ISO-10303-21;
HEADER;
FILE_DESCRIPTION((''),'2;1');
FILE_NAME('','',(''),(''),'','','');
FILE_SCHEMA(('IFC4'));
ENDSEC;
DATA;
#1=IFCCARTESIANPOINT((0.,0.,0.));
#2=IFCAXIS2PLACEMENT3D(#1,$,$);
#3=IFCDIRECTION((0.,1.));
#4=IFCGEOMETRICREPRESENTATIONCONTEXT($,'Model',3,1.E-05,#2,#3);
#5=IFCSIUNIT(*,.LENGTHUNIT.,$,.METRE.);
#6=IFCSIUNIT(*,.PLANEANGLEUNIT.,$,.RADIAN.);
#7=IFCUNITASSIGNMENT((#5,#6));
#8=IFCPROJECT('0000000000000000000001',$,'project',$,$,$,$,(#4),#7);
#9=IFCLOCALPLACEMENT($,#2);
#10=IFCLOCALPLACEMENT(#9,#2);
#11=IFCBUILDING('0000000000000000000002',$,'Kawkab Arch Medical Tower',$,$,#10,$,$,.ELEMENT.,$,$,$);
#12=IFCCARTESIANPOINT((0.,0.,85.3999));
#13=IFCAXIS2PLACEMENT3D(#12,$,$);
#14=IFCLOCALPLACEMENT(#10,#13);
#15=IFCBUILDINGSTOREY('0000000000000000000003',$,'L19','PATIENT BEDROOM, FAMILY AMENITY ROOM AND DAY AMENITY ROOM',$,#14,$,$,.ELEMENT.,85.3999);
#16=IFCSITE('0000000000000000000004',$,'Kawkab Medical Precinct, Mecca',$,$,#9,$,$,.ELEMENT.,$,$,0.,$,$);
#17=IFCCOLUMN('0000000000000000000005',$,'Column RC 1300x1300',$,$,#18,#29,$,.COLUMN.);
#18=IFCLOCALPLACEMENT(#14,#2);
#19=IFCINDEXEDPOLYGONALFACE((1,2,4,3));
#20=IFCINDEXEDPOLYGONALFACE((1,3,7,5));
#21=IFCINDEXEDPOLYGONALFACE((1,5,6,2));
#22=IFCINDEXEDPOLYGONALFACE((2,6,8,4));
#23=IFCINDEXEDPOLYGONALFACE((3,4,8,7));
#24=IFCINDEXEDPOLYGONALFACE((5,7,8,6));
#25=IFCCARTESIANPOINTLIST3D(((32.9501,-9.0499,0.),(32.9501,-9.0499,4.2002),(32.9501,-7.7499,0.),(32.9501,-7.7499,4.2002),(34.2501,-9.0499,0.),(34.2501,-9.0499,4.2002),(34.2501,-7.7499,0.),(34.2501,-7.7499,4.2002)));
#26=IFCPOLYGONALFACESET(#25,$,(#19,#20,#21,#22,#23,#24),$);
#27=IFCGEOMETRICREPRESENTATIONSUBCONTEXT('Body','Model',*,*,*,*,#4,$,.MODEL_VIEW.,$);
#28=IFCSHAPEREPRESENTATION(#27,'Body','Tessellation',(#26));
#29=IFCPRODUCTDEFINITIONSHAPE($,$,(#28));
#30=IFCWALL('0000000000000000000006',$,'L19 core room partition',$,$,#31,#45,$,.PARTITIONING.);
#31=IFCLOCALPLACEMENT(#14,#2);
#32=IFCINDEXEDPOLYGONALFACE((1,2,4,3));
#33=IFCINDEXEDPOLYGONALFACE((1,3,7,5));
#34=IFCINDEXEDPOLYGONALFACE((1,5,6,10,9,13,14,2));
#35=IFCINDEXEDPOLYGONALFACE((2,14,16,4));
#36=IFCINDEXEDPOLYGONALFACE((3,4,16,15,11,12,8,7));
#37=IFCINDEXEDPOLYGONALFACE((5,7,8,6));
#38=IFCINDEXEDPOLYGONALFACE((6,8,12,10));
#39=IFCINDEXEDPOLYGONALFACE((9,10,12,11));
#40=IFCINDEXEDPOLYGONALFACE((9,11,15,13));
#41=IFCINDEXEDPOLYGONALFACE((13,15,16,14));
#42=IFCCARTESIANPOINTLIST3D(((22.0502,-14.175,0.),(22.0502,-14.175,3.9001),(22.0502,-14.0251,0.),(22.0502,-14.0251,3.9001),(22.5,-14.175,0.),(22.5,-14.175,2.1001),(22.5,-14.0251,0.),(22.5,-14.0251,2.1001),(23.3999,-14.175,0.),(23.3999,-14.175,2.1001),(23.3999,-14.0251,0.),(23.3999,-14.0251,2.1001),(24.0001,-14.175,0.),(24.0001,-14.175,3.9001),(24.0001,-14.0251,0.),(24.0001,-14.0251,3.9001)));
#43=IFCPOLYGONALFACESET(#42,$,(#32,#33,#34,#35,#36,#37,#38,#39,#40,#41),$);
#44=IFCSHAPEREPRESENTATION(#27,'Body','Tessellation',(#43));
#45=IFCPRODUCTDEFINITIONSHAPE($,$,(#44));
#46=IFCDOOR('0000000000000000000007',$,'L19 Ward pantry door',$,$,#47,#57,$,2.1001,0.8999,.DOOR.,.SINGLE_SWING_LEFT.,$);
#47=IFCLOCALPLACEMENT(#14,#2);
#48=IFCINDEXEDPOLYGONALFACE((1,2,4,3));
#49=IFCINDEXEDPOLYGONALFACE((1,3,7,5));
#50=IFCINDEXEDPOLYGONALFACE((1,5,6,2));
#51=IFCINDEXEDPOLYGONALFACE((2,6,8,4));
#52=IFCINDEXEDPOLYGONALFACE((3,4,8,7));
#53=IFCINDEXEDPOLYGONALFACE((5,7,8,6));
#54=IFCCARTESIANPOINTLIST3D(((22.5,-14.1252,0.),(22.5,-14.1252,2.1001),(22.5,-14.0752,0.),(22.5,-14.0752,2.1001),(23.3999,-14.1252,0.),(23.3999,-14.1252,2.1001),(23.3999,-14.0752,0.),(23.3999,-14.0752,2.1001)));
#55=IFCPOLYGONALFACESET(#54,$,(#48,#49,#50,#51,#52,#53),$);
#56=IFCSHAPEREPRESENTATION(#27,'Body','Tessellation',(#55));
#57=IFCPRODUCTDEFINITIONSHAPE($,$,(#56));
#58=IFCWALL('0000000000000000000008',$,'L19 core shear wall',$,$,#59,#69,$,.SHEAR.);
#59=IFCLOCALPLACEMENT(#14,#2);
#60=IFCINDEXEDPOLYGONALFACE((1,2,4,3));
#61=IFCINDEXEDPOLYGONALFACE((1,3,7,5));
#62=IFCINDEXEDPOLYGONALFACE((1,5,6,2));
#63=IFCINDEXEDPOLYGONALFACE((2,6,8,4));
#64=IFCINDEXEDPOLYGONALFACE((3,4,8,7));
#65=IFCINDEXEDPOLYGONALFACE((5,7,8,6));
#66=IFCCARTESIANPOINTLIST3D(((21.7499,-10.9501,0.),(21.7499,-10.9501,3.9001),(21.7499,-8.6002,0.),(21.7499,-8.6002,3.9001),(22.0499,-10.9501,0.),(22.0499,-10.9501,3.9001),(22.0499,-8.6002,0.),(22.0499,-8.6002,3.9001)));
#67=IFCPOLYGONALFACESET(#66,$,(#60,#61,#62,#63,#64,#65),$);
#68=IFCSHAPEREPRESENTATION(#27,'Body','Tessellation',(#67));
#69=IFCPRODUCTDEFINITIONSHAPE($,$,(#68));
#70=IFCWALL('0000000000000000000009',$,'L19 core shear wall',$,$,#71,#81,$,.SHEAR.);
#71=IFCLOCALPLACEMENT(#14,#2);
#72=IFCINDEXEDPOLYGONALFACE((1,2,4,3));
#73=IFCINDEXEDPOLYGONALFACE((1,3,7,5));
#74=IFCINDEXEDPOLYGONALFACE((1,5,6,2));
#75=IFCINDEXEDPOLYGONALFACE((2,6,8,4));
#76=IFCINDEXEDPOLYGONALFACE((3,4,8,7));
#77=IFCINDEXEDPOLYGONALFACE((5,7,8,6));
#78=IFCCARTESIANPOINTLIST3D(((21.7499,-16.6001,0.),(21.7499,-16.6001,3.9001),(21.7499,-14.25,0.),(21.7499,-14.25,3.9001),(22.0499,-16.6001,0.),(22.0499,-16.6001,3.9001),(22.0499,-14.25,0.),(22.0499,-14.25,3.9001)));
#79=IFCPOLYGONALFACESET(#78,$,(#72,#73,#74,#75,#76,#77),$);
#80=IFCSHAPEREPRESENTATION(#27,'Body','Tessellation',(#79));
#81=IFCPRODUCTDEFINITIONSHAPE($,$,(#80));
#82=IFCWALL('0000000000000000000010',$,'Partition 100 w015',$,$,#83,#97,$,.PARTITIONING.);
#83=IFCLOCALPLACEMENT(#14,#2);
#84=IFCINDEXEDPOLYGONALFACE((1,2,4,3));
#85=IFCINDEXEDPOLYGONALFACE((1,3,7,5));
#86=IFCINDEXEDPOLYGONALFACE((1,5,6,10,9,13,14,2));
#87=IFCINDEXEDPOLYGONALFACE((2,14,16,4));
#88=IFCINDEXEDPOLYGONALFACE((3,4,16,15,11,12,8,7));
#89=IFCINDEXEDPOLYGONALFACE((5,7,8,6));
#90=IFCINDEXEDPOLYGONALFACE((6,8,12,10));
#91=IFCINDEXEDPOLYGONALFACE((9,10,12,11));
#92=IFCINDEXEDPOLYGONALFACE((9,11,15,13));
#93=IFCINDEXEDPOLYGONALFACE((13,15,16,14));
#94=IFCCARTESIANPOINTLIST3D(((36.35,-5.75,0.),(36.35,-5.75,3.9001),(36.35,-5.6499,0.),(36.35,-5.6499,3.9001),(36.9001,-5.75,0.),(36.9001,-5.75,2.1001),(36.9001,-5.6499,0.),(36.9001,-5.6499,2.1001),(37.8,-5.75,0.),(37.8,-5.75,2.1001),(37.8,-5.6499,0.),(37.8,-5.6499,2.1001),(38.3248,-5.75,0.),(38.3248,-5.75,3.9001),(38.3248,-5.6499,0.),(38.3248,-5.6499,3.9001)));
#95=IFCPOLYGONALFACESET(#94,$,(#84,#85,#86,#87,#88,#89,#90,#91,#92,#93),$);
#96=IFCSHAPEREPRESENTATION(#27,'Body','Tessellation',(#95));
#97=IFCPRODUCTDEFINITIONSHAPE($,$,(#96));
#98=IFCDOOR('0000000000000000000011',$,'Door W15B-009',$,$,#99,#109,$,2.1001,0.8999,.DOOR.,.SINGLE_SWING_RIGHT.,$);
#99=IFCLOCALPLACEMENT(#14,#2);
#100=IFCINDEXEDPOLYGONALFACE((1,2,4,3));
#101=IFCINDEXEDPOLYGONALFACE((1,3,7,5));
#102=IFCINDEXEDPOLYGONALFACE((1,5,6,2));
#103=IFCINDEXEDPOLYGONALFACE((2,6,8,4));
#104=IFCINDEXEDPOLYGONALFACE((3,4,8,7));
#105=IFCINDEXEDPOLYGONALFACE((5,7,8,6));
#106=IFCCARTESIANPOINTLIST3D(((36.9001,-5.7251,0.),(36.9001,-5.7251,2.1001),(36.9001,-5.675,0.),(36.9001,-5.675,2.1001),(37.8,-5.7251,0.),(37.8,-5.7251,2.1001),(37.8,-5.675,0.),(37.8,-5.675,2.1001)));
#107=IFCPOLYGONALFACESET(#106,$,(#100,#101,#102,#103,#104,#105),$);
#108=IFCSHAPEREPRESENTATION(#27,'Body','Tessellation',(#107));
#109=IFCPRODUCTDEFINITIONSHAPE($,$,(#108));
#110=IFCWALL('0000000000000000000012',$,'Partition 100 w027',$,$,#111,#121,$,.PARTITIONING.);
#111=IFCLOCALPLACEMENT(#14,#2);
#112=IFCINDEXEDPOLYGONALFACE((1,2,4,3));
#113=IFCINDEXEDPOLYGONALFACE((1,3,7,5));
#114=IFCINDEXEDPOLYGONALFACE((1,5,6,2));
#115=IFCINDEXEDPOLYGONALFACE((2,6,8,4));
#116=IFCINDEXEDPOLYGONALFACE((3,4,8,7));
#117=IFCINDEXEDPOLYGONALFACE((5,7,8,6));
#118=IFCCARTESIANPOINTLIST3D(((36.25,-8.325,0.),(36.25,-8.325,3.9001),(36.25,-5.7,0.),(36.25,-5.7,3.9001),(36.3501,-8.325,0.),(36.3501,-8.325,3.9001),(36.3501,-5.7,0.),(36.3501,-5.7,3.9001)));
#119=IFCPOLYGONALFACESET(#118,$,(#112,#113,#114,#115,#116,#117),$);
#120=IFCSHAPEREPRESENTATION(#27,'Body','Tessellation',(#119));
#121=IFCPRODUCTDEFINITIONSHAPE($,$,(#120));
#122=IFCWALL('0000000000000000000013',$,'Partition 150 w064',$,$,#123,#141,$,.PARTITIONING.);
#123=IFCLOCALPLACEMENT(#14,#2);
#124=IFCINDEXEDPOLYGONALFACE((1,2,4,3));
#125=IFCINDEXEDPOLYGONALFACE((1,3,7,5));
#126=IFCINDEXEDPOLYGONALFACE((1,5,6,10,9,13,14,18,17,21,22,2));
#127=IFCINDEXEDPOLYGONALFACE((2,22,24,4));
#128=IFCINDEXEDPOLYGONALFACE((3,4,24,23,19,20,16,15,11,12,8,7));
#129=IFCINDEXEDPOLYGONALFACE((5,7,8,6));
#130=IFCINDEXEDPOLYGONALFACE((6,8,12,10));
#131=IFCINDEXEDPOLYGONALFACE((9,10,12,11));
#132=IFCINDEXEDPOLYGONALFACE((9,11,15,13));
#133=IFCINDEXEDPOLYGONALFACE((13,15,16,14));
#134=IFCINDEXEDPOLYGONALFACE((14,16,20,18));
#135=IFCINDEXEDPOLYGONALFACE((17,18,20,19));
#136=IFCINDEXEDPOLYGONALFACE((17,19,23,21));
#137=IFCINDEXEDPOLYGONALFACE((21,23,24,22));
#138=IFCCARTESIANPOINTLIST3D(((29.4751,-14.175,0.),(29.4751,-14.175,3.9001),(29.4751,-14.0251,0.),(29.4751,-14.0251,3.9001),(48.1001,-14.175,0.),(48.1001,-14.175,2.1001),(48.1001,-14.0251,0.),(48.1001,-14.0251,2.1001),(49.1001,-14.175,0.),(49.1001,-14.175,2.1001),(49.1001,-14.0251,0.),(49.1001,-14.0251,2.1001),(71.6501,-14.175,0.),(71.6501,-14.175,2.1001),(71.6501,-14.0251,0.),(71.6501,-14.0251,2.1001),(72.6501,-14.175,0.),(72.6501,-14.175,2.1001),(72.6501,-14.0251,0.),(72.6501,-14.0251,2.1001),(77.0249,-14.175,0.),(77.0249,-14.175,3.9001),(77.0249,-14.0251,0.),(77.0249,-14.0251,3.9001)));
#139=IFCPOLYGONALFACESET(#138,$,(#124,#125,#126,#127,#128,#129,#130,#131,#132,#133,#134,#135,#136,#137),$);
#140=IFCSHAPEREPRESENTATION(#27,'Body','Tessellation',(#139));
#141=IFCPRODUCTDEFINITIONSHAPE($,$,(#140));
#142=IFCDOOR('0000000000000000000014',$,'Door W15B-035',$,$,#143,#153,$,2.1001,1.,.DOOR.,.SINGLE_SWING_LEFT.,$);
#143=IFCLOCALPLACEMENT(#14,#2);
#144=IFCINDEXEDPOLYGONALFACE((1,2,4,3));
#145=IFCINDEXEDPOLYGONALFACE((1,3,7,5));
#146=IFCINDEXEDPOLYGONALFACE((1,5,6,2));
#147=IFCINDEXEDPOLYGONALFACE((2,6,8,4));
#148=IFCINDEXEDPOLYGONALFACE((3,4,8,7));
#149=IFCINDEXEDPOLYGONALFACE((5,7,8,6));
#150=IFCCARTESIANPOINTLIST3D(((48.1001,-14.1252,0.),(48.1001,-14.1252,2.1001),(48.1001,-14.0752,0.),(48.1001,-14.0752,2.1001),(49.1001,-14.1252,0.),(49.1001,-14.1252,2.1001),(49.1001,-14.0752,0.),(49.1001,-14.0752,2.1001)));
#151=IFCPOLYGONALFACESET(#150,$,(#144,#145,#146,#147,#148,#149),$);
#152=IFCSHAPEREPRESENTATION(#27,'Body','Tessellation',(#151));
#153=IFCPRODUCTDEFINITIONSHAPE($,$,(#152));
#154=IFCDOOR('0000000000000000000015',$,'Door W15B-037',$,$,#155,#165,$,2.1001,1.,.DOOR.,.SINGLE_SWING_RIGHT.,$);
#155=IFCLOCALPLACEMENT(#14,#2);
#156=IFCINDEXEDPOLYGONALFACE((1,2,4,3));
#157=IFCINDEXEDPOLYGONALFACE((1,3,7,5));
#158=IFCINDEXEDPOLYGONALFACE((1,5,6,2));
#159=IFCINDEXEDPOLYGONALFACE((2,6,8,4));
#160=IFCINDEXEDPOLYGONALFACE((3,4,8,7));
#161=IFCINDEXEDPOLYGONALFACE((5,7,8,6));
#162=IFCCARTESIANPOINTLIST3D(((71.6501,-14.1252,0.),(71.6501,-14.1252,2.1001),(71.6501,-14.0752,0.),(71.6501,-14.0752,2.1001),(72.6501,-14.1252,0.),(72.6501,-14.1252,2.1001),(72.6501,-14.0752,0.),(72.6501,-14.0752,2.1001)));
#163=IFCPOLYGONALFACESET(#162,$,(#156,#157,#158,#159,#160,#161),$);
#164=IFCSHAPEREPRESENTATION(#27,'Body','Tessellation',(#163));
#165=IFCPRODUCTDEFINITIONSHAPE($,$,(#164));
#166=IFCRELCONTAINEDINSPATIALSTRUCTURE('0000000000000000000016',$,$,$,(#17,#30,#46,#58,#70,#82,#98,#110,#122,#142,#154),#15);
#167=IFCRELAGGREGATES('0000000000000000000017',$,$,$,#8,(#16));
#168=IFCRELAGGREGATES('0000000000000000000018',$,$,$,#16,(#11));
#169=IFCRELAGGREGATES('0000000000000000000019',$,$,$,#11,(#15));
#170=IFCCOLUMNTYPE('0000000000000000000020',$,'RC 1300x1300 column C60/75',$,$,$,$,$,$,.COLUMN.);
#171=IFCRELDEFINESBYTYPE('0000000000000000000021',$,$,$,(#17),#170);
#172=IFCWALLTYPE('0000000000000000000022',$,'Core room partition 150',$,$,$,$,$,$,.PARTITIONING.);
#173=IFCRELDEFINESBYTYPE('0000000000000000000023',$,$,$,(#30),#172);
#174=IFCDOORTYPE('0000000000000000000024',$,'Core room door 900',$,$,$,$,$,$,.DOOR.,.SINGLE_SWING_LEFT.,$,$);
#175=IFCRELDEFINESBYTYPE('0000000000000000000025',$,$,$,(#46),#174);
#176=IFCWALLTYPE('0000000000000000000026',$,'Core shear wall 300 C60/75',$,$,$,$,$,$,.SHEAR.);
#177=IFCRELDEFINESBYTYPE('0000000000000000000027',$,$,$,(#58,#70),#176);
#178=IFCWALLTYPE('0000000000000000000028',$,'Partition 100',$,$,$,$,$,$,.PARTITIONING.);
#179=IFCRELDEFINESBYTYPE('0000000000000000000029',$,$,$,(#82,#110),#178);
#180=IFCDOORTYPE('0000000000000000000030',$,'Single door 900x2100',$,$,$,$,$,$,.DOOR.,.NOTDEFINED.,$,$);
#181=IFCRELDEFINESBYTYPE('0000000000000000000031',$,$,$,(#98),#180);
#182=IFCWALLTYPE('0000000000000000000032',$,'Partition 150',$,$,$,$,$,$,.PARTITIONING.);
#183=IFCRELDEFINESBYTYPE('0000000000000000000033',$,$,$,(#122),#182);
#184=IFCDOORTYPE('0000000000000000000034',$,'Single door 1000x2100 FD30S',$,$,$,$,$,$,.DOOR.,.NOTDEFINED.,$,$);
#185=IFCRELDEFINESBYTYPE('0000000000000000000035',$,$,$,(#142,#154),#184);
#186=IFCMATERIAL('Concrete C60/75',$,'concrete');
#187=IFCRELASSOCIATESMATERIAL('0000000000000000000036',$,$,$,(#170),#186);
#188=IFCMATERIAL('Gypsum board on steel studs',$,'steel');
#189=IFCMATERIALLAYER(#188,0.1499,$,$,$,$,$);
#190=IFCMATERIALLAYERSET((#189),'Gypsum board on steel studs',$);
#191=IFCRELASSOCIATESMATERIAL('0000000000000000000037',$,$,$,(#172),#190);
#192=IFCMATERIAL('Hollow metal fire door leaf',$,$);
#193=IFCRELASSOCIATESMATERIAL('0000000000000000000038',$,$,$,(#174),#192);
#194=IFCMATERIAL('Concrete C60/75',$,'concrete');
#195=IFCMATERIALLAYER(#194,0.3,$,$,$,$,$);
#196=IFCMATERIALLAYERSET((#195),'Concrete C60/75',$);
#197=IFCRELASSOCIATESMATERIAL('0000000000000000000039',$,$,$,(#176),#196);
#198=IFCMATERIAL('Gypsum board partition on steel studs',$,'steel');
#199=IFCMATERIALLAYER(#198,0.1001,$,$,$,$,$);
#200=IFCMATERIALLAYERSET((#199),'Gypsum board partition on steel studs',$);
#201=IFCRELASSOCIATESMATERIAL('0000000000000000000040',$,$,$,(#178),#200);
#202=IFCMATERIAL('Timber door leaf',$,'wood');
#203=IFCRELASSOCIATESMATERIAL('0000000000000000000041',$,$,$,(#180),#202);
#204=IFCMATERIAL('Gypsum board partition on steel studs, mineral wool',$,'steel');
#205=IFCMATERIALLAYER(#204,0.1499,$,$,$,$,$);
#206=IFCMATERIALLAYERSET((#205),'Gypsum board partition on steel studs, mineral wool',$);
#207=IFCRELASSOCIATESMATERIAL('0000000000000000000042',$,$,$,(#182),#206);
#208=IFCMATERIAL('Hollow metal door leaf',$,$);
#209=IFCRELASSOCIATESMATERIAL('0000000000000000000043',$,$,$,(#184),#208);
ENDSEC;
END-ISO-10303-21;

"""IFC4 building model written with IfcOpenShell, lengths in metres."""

from ifc_helpers import new_model, si_unit, direction, frame, frame_2d, origin, origin_2d, place, context, subcontext, project, spatial, rectangle, extrude, material, layer, layer_set, material_profile, profile_set, type_object, element, fill, save


model = new_model("IFC4")

# Units and contexts
model_context = context("Model", 3, precision=1e-05, world=origin(), true_north=direction((0.0, 1.0)))
body_context = subcontext(model_context, "Body", "Model", "MODEL_VIEW")
ifc_project = project(units=[si_unit("LENGTHUNIT", "METRE"), si_unit("PLANEANGLEUNIT", "RADIAN")], contexts=[model_context])

# Site, building, storey
site_placement = place(None, origin())
site = spatial("IfcSite", under=ifc_project, at=site_placement, Name="Kawkab Medical Precinct, Mecca", CompositionType="ELEMENT", RefElevation=0.0)
building_placement = place(site_placement, origin())
building = spatial("IfcBuilding", under=site, at=building_placement, Name="Kawkab Arch Medical Tower", CompositionType="ELEMENT")
storey_placement = place(building_placement, frame((0.0, 0.0, 85.3999)))
storey = spatial("IfcBuildingStorey", under=building, at=storey_placement, Name="L19", Description="PATIENT BEDROOM, FAMILY AMENITY ROOM AND DAY AMENITY ROOM", CompositionType="ELEMENT", Elevation=85.3999)

# Column
ifc_material_1 = material(Name="Concrete C60/75", Category="concrete")
ifc_material_profile = material_profile(ifc_material_1, rectangle(XDim=1.3, YDim=1.3, at=origin_2d()), Name="RC 1300x1300")
ifc_profile_set = profile_set([ifc_material_profile], Name="Concrete C60/75")
column_type = type_object("IfcColumnType", Name="RC 1300x1300 column C60/75", PredefinedType="COLUMN", material=ifc_profile_set)
column_placement = place(storey_placement, frame((33.6001, -8.3999, 0.0), z_axis=(0.0, 0.0, 1.0), x_axis=(1.0, 0.0, 0.0)))
element("IfcColumn", 1, at=column_placement, inside=storey, type_object=column_type, Name="Column RC 1300x1300", PredefinedType="COLUMN", context=body_context, shape_type="SweptSolid", body=[
    extrude(rectangle(XDim=1.3, YDim=1.3, at=origin_2d()), origin(), (0.0, 0.0, 1.0), 4.2002),
])

# Wall, opening, door
ifc_material_2 = material(Name="Gypsum board on steel studs", Category="steel")
ifc_layer_1 = layer(ifc_material_2, 0.1499)
ifc_layer_set_1 = layer_set([ifc_layer_1], Name="Gypsum board on steel studs")
wall_type_1 = type_object("IfcWallType", Name="Core room partition 150", PredefinedType="PARTITIONING", material=ifc_layer_set_1)
wall_1_placement = place(storey_placement, frame((22.05, -14.1001, 0.0), z_axis=(0.0, 0.0, 1.0), x_axis=(1.0, 0.0, 0.0)))
wall_1 = element("IfcWall", 2, at=wall_1_placement, inside=storey, type_object=wall_type_1, Name="L19 core room partition", PredefinedType="PARTITIONING", context=body_context, shape_type="SweptSolid", body=[
    extrude(rectangle(XDim=1.95, YDim=0.1499, at=frame_2d((0.9751, 0.0))), origin(), (0.0, 0.0, 1.0), 3.9001),
])
opening_1_placement = place(wall_1_placement, frame((0.45, 0.0, 0.0)))
opening_1 = element("IfcOpeningElement", 3, at=opening_1_placement, cuts=wall_1, PredefinedType="OPENING", context=body_context, shape_type="SweptSolid", body=[
    extrude(rectangle(XDim=0.8999, YDim=2.1001, at=frame_2d((0.45, 1.05))), frame((0.0, 0.085, 0.0), z_axis=(0.0, -1.0, 0.0), x_axis=(1.0, 0.0, 0.0)), (0.0, 0.0, 1.0), 0.1699),
])
ifc_material_3 = material(Name="Hollow metal fire door leaf")
door_type_1 = type_object("IfcDoorType", Name="Core room door 900", OperationType="SINGLE_SWING_LEFT", PredefinedType="DOOR", material=ifc_material_3)
door_1_placement = place(opening_1_placement, origin())
door_1 = element("IfcDoor", 4, at=door_1_placement, inside=storey, type_object=door_type_1, Name="L19 Ward pantry door", OperationType="SINGLE_SWING_LEFT", OverallHeight=2.1001, OverallWidth=0.8999, PredefinedType="DOOR", context=body_context, shape_type="SweptSolid", body=[
    extrude(rectangle(XDim=0.8999, YDim=2.1001, at=frame_2d((0.45, 1.05))), frame((0.0, 0.0249, 0.0), z_axis=(0.0, -1.0, 0.0), x_axis=(1.0, 0.0, 0.0)), (0.0, 0.0, 1.0), 0.05),
])
fill(opening_1, door_1)

# Walls
ifc_material_4 = material(Name="Concrete C60/75", Category="concrete")
ifc_layer_2 = layer(ifc_material_4, 0.3)
ifc_layer_set_2 = layer_set([ifc_layer_2], Name="Concrete C60/75")
wall_type_2 = type_object("IfcWallType", Name="Core shear wall 300 C60/75", PredefinedType="SHEAR", material=ifc_layer_set_2)
wall_2_placement = place(storey_placement, frame((21.8999, -10.95, 0.0), z_axis=(0.0, 0.0, 1.0), x_axis=(0.0, 1.0, 0.0)))
element("IfcWall", 5, at=wall_2_placement, inside=storey, type_object=wall_type_2, Name="L19 core shear wall", PredefinedType="SHEAR", context=body_context, shape_type="SweptSolid", body=[
    extrude(rectangle(XDim=2.3499, YDim=0.3, at=frame_2d((1.1748, 0.0))), origin(), (0.0, 0.0, 1.0), 3.9001),
])
wall_3_placement = place(storey_placement, frame((21.8999, -16.6001, 0.0), z_axis=(0.0, 0.0, 1.0), x_axis=(0.0, 1.0, 0.0)))
element("IfcWall", 6, at=wall_3_placement, inside=storey, type_object=wall_type_2, Name="L19 core shear wall", PredefinedType="SHEAR", context=body_context, shape_type="SweptSolid", body=[
    extrude(rectangle(XDim=2.3501, YDim=0.3, at=frame_2d((1.175, 0.0))), origin(), (0.0, 0.0, 1.0), 3.9001),
])

# Wall, opening, door
ifc_material_5 = material(Name="Gypsum board partition on steel studs", Category="steel")
ifc_layer_3 = layer(ifc_material_5, 0.1001)
ifc_layer_set_3 = layer_set([ifc_layer_3], Name="Gypsum board partition on steel studs")
wall_type_3 = type_object("IfcWallType", Name="Partition 100", PredefinedType="PARTITIONING", material=ifc_layer_set_3)
wall_4_placement = place(storey_placement, frame((36.3501, -5.7, 0.0), z_axis=(0.0, 0.0, 1.0), x_axis=(1.0, 0.0, 0.0)))
wall_4 = element("IfcWall", 7, at=wall_4_placement, inside=storey, type_object=wall_type_3, Name="Partition 100 w015", PredefinedType="PARTITIONING", context=body_context, shape_type="SweptSolid", body=[
    extrude(rectangle(XDim=1.9749, YDim=0.1001, at=frame_2d((0.9873, 0.0))), origin(), (0.0, 0.0, 1.0), 3.9001),
])
opening_2_placement = place(wall_4_placement, frame((0.55, 0.0, 0.0)))
opening_2 = element("IfcOpeningElement", 8, at=opening_2_placement, cuts=wall_4, PredefinedType="OPENING", context=body_context, shape_type="SweptSolid", body=[
    extrude(rectangle(XDim=0.8999, YDim=2.1001, at=frame_2d((0.45, 1.05))), frame((0.0, 0.0601, 0.0), z_axis=(0.0, -1.0, 0.0), x_axis=(1.0, 0.0, 0.0)), (0.0, 0.0, 1.0), 0.1201),
])
ifc_material_6 = material(Name="Timber door leaf", Category="wood")
door_type_2 = type_object("IfcDoorType", Name="Single door 900x2100", OperationType="NOTDEFINED", PredefinedType="DOOR", material=ifc_material_6)
door_2_placement = place(opening_2_placement, origin())
door_2 = element("IfcDoor", 9, at=door_2_placement, inside=storey, type_object=door_type_2, Name="Door W15B-009", OperationType="SINGLE_SWING_RIGHT", OverallHeight=2.1001, OverallWidth=0.8999, PredefinedType="DOOR", context=body_context, shape_type="SweptSolid", body=[
    extrude(rectangle(XDim=0.8999, YDim=2.1001, at=frame_2d((0.45, 1.05))), frame((0.0, 0.0249, 0.0), z_axis=(0.0, -1.0, 0.0), x_axis=(1.0, 0.0, 0.0)), (0.0, 0.0, 1.0), 0.05),
])
fill(opening_2, door_2)

# Wall
wall_5_placement = place(storey_placement, frame((36.3, -8.325, 0.0), z_axis=(0.0, 0.0, 1.0), x_axis=(0.0, 1.0, 0.0)))
element("IfcWall", 10, at=wall_5_placement, inside=storey, type_object=wall_type_3, Name="Partition 100 w027", PredefinedType="PARTITIONING", context=body_context, shape_type="SweptSolid", body=[
    extrude(rectangle(XDim=2.625, YDim=0.1001, at=frame_2d((1.3125, 0.0))), origin(), (0.0, 0.0, 1.0), 3.9001),
])

# Wall, openings, doors
ifc_material_7 = material(Name="Gypsum board partition on steel studs, mineral wool", Category="steel")
ifc_layer_4 = layer(ifc_material_7, 0.1499)
ifc_layer_set_4 = layer_set([ifc_layer_4], Name="Gypsum board partition on steel studs, mineral wool")
wall_type_4 = type_object("IfcWallType", Name="Partition 150", PredefinedType="PARTITIONING", material=ifc_layer_set_4)
wall_6_placement = place(storey_placement, frame((29.4751, -14.1001, 0.0), z_axis=(0.0, 0.0, 1.0), x_axis=(1.0, 0.0, 0.0)))
wall_6 = element("IfcWall", 11, at=wall_6_placement, inside=storey, type_object=wall_type_4, Name="Partition 150 w064", PredefinedType="PARTITIONING", context=body_context, shape_type="SweptSolid", body=[
    extrude(rectangle(XDim=47.5498, YDim=0.1499, at=frame_2d((23.7749, 0.0))), origin(), (0.0, 0.0, 1.0), 3.9001),
])
opening_3_placement = place(wall_6_placement, frame((18.625, 0.0, 0.0)))
opening_3 = element("IfcOpeningElement", 12, at=opening_3_placement, cuts=wall_6, PredefinedType="OPENING", context=body_context, shape_type="SweptSolid", body=[
    extrude(rectangle(XDim=1.0, YDim=2.1001, at=frame_2d((0.5, 1.05))), frame((0.0, 0.085, 0.0), z_axis=(0.0, -1.0, 0.0), x_axis=(1.0, 0.0, 0.0)), (0.0, 0.0, 1.0), 0.1699),
])
opening_4_placement = place(wall_6_placement, frame((42.175, 0.0, 0.0)))
opening_4 = element("IfcOpeningElement", 13, at=opening_4_placement, cuts=wall_6, PredefinedType="OPENING", context=body_context, shape_type="SweptSolid", body=[
    extrude(rectangle(XDim=1.0, YDim=2.1001, at=frame_2d((0.5, 1.05))), frame((0.0, 0.085, 0.0), z_axis=(0.0, -1.0, 0.0), x_axis=(1.0, 0.0, 0.0)), (0.0, 0.0, 1.0), 0.1699),
])
ifc_material_8 = material(Name="Hollow metal door leaf")
door_type_3 = type_object("IfcDoorType", Name="Single door 1000x2100 FD30S", OperationType="NOTDEFINED", PredefinedType="DOOR", material=ifc_material_8)
door_3_placement = place(opening_3_placement, origin())
door_3 = element("IfcDoor", 14, at=door_3_placement, inside=storey, type_object=door_type_3, Name="Door W15B-035", OperationType="SINGLE_SWING_LEFT", OverallHeight=2.1001, OverallWidth=1.0, PredefinedType="DOOR", context=body_context, shape_type="SweptSolid", body=[
    extrude(rectangle(XDim=1.0, YDim=2.1001, at=frame_2d((0.5, 1.05))), frame((0.0, 0.0249, 0.0), z_axis=(0.0, -1.0, 0.0), x_axis=(1.0, 0.0, 0.0)), (0.0, 0.0, 1.0), 0.05),
])
fill(opening_3, door_3)
door_4_placement = place(opening_4_placement, origin())
door_4 = element("IfcDoor", 15, at=door_4_placement, inside=storey, type_object=door_type_3, Name="Door W15B-037", OperationType="SINGLE_SWING_RIGHT", OverallHeight=2.1001, OverallWidth=1.0, PredefinedType="DOOR", context=body_context, shape_type="SweptSolid", body=[
    extrude(rectangle(XDim=1.0, YDim=2.1001, at=frame_2d((0.5, 1.05))), frame((0.0, 0.0249, 0.0), z_axis=(0.0, -1.0, 0.0), x_axis=(1.0, 0.0, 0.0)), (0.0, 0.0, 1.0), 0.05),
])
fill(opening_4, door_4)

save(model, "model.ifc")
